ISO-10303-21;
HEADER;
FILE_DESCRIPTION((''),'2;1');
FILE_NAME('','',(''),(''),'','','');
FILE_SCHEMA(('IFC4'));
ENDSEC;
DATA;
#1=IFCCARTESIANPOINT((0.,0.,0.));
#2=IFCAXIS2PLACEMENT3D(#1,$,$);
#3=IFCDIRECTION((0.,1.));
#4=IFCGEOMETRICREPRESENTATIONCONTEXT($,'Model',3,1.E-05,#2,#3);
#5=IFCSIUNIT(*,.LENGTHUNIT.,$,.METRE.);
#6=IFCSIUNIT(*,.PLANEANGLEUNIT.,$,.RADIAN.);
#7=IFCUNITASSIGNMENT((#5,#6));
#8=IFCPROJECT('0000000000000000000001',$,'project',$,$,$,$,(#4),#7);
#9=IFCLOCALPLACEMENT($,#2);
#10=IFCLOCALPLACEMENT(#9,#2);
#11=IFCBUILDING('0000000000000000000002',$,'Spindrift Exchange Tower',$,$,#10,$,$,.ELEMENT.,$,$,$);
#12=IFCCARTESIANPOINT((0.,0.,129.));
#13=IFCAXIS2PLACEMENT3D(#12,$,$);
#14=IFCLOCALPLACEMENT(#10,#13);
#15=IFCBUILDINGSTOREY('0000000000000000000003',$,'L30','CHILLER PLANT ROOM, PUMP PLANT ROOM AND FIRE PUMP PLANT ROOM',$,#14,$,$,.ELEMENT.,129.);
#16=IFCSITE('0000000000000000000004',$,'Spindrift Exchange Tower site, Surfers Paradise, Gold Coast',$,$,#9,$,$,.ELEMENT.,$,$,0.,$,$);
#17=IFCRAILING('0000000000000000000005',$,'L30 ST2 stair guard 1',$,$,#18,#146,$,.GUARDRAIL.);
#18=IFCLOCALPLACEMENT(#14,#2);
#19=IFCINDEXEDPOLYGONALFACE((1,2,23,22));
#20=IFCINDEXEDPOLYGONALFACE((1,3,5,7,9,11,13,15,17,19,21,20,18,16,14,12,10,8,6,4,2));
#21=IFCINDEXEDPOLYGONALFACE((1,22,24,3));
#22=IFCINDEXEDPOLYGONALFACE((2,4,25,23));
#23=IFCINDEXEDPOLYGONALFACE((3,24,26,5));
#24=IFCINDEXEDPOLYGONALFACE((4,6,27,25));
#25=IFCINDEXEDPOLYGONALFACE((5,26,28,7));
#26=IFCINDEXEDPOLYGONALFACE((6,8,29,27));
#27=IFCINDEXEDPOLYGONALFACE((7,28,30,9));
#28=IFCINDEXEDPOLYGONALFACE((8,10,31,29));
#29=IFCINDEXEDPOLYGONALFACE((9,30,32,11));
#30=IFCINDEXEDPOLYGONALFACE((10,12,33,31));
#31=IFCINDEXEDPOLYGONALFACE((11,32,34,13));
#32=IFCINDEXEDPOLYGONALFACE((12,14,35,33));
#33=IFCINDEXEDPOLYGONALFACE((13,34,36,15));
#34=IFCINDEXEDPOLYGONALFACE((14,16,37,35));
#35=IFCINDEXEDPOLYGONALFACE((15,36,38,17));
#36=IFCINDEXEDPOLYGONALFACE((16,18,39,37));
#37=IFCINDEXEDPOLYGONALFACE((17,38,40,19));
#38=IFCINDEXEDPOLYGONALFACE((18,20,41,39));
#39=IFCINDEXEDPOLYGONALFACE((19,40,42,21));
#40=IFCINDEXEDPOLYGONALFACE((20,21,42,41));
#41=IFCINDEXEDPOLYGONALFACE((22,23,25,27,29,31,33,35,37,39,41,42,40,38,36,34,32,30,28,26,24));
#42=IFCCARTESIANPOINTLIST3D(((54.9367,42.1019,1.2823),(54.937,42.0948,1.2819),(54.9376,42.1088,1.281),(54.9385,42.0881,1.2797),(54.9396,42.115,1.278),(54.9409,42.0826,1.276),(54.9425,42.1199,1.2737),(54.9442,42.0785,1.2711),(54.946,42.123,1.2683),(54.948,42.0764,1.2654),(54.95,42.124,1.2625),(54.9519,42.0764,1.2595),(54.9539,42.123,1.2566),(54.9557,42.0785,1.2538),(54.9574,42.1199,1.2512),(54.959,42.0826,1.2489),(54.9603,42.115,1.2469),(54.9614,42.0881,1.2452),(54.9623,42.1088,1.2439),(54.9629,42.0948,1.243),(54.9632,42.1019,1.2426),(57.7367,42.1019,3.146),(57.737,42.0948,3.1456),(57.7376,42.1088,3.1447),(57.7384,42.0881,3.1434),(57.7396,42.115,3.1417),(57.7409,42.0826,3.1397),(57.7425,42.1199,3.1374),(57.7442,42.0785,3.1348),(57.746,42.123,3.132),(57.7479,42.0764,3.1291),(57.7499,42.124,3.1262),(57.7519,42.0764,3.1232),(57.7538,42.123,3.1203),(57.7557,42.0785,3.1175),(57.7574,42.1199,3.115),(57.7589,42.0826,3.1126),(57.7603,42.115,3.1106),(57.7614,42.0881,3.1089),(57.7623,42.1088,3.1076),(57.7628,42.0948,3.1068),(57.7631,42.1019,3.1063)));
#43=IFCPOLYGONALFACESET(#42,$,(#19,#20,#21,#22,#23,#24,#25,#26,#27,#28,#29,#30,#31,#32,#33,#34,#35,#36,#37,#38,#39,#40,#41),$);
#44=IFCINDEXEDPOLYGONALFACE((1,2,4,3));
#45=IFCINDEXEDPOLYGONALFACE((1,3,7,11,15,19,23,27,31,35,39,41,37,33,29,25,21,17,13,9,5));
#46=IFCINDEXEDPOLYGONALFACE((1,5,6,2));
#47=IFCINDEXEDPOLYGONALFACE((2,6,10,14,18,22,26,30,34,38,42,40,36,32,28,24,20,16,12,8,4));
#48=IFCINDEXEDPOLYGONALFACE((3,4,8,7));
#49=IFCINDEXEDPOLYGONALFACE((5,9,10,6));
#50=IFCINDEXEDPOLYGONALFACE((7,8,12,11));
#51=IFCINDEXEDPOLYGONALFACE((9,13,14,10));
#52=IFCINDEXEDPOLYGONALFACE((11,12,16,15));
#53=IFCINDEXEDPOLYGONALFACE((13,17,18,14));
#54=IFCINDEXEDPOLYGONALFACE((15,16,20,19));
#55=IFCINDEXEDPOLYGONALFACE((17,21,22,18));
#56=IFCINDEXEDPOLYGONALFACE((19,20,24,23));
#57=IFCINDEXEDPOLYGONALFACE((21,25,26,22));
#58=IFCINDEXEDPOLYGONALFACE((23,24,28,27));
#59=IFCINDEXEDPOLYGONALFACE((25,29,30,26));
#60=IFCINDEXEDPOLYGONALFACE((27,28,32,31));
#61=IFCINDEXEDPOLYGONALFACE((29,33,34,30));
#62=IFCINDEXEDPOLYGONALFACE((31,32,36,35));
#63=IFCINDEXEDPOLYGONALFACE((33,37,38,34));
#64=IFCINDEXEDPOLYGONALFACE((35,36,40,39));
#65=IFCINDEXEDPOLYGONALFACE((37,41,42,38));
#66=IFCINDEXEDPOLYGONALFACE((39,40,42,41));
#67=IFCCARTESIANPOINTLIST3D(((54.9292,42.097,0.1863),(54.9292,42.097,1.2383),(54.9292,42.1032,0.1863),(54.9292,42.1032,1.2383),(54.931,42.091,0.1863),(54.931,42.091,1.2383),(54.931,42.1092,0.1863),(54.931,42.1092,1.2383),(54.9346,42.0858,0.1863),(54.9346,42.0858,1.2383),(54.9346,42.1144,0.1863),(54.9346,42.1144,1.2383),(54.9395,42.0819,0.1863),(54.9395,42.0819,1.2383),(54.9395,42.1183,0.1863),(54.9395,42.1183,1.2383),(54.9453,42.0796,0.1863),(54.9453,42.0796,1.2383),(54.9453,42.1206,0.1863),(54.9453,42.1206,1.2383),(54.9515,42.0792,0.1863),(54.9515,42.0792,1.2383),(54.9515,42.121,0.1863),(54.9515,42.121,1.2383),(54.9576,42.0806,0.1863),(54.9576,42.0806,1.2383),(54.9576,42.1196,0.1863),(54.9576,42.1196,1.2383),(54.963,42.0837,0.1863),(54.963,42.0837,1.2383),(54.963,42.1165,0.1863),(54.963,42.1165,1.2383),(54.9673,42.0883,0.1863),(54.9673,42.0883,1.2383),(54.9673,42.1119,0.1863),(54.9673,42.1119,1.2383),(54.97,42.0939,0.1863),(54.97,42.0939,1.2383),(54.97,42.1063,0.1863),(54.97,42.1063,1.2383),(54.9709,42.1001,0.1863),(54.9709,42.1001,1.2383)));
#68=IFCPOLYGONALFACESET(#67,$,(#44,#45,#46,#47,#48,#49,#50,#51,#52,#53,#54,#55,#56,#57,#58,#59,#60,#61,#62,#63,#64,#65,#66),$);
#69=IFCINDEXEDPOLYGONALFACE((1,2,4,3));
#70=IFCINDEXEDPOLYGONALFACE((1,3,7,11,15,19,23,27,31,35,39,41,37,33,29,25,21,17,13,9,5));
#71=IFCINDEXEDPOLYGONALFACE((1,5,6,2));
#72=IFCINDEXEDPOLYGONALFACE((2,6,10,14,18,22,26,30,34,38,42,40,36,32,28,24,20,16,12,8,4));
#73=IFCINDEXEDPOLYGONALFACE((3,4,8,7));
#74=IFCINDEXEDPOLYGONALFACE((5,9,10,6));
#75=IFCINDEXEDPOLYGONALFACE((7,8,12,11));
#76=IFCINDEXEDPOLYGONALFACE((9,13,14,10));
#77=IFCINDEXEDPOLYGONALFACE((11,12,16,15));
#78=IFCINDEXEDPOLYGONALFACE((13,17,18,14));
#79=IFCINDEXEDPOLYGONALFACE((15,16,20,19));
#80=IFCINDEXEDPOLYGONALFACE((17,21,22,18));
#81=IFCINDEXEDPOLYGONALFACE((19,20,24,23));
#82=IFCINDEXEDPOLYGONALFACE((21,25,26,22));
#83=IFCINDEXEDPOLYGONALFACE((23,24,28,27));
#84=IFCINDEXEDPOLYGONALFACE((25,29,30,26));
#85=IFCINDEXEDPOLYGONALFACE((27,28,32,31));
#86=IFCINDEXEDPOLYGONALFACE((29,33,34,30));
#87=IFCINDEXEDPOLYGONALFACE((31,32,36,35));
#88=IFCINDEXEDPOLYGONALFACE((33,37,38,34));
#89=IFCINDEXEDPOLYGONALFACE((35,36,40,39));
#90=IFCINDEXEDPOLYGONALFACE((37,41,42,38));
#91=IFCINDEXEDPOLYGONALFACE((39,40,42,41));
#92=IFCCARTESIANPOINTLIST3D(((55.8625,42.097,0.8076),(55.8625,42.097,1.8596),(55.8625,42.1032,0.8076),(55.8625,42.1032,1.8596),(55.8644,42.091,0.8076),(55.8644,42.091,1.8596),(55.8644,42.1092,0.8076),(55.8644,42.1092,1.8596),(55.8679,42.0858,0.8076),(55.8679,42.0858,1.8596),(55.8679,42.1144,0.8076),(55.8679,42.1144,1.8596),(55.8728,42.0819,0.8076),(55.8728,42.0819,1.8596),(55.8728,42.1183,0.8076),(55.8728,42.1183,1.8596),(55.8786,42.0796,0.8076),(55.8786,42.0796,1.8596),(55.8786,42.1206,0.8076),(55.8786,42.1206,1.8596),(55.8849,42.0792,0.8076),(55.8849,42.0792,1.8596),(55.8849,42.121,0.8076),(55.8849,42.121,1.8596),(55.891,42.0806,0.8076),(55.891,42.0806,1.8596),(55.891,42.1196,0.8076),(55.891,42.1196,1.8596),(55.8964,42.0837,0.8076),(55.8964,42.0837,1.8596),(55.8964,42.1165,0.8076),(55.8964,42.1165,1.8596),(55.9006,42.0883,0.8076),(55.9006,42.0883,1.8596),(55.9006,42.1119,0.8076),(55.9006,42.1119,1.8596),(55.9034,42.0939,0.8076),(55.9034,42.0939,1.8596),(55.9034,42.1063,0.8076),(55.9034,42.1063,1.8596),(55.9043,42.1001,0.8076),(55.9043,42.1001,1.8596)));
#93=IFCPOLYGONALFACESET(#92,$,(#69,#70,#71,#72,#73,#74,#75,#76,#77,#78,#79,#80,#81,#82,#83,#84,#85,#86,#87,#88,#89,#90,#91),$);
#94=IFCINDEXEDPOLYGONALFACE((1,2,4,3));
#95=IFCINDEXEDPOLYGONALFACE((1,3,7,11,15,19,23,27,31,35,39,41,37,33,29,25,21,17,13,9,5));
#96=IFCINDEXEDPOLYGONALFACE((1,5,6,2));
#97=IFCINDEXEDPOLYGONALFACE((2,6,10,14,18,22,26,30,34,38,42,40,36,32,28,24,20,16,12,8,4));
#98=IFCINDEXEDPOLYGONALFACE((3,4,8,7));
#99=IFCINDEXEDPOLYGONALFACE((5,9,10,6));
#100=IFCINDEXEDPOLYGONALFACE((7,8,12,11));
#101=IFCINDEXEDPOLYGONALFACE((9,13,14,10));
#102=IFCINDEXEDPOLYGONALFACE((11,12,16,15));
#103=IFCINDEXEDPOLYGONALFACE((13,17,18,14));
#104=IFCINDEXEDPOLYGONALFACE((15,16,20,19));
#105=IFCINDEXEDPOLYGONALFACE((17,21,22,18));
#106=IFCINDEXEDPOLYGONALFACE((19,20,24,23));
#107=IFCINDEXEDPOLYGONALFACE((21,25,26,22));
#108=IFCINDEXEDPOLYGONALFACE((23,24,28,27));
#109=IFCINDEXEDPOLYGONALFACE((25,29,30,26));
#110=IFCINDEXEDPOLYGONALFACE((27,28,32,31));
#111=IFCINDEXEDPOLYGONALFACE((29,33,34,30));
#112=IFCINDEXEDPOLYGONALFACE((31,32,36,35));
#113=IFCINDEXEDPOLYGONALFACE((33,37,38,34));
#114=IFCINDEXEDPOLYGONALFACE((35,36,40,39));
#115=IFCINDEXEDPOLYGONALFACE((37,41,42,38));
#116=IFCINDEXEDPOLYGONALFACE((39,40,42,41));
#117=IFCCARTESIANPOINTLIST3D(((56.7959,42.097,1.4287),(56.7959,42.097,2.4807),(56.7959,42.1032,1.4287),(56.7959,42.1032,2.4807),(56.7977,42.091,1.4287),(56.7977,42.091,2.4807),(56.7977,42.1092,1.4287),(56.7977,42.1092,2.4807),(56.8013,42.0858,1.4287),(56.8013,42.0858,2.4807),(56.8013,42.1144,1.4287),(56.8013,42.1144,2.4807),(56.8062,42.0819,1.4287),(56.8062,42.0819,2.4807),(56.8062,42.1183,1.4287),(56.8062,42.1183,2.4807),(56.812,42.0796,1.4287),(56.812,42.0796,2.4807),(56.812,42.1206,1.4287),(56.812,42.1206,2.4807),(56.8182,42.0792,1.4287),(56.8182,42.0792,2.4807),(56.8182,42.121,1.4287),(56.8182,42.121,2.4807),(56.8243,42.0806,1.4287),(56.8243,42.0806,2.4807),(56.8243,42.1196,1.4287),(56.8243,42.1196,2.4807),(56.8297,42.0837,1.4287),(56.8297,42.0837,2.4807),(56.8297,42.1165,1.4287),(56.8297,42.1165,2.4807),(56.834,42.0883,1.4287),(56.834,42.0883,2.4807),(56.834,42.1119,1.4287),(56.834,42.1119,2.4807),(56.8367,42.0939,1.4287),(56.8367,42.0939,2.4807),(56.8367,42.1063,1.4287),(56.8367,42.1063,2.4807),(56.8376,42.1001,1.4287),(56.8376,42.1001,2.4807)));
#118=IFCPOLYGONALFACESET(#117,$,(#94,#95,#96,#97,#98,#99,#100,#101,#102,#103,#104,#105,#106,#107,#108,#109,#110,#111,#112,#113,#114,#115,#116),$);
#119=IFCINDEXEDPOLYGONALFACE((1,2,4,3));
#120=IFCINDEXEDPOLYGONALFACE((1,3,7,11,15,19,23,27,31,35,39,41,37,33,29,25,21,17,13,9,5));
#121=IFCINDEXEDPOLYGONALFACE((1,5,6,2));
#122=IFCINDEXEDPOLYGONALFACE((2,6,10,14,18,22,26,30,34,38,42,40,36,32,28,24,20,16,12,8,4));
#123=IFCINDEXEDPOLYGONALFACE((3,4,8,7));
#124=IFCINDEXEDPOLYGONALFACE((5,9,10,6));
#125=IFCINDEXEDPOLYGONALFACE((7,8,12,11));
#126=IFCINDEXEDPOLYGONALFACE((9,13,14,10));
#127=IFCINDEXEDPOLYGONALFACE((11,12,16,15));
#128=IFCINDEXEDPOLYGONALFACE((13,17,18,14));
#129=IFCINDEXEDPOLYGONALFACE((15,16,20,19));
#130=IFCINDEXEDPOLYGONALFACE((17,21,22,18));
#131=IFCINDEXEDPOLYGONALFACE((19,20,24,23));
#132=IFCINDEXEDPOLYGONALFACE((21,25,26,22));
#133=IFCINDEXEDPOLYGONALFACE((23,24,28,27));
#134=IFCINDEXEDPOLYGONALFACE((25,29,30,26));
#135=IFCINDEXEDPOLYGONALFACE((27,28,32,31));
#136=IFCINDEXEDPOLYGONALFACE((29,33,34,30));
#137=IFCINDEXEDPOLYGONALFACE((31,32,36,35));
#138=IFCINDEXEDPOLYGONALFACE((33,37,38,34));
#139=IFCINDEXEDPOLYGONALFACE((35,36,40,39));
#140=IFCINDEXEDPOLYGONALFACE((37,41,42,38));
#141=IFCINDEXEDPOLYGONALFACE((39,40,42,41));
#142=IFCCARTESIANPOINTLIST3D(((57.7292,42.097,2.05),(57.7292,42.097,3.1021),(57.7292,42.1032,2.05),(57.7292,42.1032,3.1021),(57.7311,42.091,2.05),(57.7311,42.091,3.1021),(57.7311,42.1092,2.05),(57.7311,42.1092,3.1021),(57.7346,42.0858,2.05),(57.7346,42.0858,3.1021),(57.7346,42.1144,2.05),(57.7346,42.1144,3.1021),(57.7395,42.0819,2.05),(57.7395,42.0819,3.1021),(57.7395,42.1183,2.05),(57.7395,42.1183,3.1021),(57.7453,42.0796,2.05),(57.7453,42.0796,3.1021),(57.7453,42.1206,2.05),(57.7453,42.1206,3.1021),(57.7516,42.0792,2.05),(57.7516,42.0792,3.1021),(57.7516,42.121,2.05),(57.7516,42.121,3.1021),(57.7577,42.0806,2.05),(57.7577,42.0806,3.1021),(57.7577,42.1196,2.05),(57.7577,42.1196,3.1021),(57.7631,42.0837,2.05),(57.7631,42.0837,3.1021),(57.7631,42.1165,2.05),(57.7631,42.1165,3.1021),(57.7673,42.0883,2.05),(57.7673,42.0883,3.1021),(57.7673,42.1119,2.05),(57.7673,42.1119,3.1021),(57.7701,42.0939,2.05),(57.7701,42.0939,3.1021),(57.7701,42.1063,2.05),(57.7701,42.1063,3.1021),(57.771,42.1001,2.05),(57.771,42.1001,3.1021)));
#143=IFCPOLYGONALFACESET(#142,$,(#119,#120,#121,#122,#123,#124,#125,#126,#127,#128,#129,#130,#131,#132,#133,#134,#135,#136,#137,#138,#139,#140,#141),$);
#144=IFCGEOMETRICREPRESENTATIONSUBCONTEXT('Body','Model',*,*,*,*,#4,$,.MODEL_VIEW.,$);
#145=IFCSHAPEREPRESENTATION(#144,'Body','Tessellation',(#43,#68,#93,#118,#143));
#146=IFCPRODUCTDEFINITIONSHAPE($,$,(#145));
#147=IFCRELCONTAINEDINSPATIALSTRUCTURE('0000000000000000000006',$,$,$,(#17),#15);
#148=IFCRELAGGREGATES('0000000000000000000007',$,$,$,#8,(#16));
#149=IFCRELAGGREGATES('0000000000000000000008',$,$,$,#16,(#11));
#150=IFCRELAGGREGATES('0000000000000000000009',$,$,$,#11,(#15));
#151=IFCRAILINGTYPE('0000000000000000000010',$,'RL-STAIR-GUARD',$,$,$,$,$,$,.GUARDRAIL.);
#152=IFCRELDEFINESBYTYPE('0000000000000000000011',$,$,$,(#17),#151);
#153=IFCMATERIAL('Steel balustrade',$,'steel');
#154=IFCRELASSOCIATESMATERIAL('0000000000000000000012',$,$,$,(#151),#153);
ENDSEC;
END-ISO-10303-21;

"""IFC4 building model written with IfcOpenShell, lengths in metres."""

from ifc_helpers import new_model, si_unit, direction, frame, origin, origin_2d, place, context, subcontext, project, spatial, circle, extrude, material, type_object, element, save


model = new_model("IFC4")

# Units and contexts
model_context = context("Model", 3, precision=1e-05, world=origin(), true_north=direction((0.0, 1.0)))
body_context = subcontext(model_context, "Body", "Model", "MODEL_VIEW")
ifc_project = project(units=[si_unit("LENGTHUNIT", "METRE"), si_unit("PLANEANGLEUNIT", "RADIAN")], contexts=[model_context])

# Site, building, storey
site_placement = place(None, origin())
site = spatial("IfcSite", under=ifc_project, at=site_placement, Name="Spindrift Exchange Tower site, Surfers Paradise, Gold Coast", CompositionType="ELEMENT", RefElevation=0.0)
building_placement = place(site_placement, origin())
building = spatial("IfcBuilding", under=site, at=building_placement, Name="Spindrift Exchange Tower", CompositionType="ELEMENT")
storey_placement = place(building_placement, frame((0.0, 0.0, 129.0)))
storey = spatial("IfcBuildingStorey", under=building, at=storey_placement, Name="L30", Description="CHILLER PLANT ROOM, PUMP PLANT ROOM AND FIRE PUMP PLANT ROOM", CompositionType="ELEMENT", Elevation=129.0)

# Railing
ifc_material_1 = material(Name="Steel balustrade", Category="steel")
railing_type_1 = type_object("IfcRailingType", Name="RL-STAIR-GUARD", PredefinedType="GUARDRAIL", material=ifc_material_1)
railing_1_placement = place(storey_placement, frame((54.95, 42.1001, 0.1863)))
element("IfcRailing", 1, at=railing_1_placement, inside=storey, type_object=railing_type_1, Name="L30 ST2 stair guard 1", PredefinedType="GUARDRAIL", context=body_context, shape_type="SweptSolid", body=[
    extrude(circle(Radius=0.0239, at=origin_2d()), frame((0.0, 0.0, 1.0762), z_axis=(0.832452, 0.0, 0.554097), x_axis=(0.0, 1.0, 0.0)), (0.0, 0.0, 1.0), 3.3635),
    extrude(circle(Radius=0.021, at=origin_2d()), origin(), (0.0, 0.0, 1.0), 1.052),
    extrude(circle(Radius=0.021, at=origin_2d()), frame((0.9333, 0.0, 0.6213)), (0.0, 0.0, 1.0), 1.052),
    extrude(circle(Radius=0.021, at=origin_2d()), frame((1.8667, 0.0, 1.2424)), (0.0, 0.0, 1.0), 1.052),
    extrude(circle(Radius=0.021, at=origin_2d()), frame((2.8, 0.0, 1.8638)), (0.0, 0.0, 1.0), 1.052),
])

save(model, "model.ifc")
